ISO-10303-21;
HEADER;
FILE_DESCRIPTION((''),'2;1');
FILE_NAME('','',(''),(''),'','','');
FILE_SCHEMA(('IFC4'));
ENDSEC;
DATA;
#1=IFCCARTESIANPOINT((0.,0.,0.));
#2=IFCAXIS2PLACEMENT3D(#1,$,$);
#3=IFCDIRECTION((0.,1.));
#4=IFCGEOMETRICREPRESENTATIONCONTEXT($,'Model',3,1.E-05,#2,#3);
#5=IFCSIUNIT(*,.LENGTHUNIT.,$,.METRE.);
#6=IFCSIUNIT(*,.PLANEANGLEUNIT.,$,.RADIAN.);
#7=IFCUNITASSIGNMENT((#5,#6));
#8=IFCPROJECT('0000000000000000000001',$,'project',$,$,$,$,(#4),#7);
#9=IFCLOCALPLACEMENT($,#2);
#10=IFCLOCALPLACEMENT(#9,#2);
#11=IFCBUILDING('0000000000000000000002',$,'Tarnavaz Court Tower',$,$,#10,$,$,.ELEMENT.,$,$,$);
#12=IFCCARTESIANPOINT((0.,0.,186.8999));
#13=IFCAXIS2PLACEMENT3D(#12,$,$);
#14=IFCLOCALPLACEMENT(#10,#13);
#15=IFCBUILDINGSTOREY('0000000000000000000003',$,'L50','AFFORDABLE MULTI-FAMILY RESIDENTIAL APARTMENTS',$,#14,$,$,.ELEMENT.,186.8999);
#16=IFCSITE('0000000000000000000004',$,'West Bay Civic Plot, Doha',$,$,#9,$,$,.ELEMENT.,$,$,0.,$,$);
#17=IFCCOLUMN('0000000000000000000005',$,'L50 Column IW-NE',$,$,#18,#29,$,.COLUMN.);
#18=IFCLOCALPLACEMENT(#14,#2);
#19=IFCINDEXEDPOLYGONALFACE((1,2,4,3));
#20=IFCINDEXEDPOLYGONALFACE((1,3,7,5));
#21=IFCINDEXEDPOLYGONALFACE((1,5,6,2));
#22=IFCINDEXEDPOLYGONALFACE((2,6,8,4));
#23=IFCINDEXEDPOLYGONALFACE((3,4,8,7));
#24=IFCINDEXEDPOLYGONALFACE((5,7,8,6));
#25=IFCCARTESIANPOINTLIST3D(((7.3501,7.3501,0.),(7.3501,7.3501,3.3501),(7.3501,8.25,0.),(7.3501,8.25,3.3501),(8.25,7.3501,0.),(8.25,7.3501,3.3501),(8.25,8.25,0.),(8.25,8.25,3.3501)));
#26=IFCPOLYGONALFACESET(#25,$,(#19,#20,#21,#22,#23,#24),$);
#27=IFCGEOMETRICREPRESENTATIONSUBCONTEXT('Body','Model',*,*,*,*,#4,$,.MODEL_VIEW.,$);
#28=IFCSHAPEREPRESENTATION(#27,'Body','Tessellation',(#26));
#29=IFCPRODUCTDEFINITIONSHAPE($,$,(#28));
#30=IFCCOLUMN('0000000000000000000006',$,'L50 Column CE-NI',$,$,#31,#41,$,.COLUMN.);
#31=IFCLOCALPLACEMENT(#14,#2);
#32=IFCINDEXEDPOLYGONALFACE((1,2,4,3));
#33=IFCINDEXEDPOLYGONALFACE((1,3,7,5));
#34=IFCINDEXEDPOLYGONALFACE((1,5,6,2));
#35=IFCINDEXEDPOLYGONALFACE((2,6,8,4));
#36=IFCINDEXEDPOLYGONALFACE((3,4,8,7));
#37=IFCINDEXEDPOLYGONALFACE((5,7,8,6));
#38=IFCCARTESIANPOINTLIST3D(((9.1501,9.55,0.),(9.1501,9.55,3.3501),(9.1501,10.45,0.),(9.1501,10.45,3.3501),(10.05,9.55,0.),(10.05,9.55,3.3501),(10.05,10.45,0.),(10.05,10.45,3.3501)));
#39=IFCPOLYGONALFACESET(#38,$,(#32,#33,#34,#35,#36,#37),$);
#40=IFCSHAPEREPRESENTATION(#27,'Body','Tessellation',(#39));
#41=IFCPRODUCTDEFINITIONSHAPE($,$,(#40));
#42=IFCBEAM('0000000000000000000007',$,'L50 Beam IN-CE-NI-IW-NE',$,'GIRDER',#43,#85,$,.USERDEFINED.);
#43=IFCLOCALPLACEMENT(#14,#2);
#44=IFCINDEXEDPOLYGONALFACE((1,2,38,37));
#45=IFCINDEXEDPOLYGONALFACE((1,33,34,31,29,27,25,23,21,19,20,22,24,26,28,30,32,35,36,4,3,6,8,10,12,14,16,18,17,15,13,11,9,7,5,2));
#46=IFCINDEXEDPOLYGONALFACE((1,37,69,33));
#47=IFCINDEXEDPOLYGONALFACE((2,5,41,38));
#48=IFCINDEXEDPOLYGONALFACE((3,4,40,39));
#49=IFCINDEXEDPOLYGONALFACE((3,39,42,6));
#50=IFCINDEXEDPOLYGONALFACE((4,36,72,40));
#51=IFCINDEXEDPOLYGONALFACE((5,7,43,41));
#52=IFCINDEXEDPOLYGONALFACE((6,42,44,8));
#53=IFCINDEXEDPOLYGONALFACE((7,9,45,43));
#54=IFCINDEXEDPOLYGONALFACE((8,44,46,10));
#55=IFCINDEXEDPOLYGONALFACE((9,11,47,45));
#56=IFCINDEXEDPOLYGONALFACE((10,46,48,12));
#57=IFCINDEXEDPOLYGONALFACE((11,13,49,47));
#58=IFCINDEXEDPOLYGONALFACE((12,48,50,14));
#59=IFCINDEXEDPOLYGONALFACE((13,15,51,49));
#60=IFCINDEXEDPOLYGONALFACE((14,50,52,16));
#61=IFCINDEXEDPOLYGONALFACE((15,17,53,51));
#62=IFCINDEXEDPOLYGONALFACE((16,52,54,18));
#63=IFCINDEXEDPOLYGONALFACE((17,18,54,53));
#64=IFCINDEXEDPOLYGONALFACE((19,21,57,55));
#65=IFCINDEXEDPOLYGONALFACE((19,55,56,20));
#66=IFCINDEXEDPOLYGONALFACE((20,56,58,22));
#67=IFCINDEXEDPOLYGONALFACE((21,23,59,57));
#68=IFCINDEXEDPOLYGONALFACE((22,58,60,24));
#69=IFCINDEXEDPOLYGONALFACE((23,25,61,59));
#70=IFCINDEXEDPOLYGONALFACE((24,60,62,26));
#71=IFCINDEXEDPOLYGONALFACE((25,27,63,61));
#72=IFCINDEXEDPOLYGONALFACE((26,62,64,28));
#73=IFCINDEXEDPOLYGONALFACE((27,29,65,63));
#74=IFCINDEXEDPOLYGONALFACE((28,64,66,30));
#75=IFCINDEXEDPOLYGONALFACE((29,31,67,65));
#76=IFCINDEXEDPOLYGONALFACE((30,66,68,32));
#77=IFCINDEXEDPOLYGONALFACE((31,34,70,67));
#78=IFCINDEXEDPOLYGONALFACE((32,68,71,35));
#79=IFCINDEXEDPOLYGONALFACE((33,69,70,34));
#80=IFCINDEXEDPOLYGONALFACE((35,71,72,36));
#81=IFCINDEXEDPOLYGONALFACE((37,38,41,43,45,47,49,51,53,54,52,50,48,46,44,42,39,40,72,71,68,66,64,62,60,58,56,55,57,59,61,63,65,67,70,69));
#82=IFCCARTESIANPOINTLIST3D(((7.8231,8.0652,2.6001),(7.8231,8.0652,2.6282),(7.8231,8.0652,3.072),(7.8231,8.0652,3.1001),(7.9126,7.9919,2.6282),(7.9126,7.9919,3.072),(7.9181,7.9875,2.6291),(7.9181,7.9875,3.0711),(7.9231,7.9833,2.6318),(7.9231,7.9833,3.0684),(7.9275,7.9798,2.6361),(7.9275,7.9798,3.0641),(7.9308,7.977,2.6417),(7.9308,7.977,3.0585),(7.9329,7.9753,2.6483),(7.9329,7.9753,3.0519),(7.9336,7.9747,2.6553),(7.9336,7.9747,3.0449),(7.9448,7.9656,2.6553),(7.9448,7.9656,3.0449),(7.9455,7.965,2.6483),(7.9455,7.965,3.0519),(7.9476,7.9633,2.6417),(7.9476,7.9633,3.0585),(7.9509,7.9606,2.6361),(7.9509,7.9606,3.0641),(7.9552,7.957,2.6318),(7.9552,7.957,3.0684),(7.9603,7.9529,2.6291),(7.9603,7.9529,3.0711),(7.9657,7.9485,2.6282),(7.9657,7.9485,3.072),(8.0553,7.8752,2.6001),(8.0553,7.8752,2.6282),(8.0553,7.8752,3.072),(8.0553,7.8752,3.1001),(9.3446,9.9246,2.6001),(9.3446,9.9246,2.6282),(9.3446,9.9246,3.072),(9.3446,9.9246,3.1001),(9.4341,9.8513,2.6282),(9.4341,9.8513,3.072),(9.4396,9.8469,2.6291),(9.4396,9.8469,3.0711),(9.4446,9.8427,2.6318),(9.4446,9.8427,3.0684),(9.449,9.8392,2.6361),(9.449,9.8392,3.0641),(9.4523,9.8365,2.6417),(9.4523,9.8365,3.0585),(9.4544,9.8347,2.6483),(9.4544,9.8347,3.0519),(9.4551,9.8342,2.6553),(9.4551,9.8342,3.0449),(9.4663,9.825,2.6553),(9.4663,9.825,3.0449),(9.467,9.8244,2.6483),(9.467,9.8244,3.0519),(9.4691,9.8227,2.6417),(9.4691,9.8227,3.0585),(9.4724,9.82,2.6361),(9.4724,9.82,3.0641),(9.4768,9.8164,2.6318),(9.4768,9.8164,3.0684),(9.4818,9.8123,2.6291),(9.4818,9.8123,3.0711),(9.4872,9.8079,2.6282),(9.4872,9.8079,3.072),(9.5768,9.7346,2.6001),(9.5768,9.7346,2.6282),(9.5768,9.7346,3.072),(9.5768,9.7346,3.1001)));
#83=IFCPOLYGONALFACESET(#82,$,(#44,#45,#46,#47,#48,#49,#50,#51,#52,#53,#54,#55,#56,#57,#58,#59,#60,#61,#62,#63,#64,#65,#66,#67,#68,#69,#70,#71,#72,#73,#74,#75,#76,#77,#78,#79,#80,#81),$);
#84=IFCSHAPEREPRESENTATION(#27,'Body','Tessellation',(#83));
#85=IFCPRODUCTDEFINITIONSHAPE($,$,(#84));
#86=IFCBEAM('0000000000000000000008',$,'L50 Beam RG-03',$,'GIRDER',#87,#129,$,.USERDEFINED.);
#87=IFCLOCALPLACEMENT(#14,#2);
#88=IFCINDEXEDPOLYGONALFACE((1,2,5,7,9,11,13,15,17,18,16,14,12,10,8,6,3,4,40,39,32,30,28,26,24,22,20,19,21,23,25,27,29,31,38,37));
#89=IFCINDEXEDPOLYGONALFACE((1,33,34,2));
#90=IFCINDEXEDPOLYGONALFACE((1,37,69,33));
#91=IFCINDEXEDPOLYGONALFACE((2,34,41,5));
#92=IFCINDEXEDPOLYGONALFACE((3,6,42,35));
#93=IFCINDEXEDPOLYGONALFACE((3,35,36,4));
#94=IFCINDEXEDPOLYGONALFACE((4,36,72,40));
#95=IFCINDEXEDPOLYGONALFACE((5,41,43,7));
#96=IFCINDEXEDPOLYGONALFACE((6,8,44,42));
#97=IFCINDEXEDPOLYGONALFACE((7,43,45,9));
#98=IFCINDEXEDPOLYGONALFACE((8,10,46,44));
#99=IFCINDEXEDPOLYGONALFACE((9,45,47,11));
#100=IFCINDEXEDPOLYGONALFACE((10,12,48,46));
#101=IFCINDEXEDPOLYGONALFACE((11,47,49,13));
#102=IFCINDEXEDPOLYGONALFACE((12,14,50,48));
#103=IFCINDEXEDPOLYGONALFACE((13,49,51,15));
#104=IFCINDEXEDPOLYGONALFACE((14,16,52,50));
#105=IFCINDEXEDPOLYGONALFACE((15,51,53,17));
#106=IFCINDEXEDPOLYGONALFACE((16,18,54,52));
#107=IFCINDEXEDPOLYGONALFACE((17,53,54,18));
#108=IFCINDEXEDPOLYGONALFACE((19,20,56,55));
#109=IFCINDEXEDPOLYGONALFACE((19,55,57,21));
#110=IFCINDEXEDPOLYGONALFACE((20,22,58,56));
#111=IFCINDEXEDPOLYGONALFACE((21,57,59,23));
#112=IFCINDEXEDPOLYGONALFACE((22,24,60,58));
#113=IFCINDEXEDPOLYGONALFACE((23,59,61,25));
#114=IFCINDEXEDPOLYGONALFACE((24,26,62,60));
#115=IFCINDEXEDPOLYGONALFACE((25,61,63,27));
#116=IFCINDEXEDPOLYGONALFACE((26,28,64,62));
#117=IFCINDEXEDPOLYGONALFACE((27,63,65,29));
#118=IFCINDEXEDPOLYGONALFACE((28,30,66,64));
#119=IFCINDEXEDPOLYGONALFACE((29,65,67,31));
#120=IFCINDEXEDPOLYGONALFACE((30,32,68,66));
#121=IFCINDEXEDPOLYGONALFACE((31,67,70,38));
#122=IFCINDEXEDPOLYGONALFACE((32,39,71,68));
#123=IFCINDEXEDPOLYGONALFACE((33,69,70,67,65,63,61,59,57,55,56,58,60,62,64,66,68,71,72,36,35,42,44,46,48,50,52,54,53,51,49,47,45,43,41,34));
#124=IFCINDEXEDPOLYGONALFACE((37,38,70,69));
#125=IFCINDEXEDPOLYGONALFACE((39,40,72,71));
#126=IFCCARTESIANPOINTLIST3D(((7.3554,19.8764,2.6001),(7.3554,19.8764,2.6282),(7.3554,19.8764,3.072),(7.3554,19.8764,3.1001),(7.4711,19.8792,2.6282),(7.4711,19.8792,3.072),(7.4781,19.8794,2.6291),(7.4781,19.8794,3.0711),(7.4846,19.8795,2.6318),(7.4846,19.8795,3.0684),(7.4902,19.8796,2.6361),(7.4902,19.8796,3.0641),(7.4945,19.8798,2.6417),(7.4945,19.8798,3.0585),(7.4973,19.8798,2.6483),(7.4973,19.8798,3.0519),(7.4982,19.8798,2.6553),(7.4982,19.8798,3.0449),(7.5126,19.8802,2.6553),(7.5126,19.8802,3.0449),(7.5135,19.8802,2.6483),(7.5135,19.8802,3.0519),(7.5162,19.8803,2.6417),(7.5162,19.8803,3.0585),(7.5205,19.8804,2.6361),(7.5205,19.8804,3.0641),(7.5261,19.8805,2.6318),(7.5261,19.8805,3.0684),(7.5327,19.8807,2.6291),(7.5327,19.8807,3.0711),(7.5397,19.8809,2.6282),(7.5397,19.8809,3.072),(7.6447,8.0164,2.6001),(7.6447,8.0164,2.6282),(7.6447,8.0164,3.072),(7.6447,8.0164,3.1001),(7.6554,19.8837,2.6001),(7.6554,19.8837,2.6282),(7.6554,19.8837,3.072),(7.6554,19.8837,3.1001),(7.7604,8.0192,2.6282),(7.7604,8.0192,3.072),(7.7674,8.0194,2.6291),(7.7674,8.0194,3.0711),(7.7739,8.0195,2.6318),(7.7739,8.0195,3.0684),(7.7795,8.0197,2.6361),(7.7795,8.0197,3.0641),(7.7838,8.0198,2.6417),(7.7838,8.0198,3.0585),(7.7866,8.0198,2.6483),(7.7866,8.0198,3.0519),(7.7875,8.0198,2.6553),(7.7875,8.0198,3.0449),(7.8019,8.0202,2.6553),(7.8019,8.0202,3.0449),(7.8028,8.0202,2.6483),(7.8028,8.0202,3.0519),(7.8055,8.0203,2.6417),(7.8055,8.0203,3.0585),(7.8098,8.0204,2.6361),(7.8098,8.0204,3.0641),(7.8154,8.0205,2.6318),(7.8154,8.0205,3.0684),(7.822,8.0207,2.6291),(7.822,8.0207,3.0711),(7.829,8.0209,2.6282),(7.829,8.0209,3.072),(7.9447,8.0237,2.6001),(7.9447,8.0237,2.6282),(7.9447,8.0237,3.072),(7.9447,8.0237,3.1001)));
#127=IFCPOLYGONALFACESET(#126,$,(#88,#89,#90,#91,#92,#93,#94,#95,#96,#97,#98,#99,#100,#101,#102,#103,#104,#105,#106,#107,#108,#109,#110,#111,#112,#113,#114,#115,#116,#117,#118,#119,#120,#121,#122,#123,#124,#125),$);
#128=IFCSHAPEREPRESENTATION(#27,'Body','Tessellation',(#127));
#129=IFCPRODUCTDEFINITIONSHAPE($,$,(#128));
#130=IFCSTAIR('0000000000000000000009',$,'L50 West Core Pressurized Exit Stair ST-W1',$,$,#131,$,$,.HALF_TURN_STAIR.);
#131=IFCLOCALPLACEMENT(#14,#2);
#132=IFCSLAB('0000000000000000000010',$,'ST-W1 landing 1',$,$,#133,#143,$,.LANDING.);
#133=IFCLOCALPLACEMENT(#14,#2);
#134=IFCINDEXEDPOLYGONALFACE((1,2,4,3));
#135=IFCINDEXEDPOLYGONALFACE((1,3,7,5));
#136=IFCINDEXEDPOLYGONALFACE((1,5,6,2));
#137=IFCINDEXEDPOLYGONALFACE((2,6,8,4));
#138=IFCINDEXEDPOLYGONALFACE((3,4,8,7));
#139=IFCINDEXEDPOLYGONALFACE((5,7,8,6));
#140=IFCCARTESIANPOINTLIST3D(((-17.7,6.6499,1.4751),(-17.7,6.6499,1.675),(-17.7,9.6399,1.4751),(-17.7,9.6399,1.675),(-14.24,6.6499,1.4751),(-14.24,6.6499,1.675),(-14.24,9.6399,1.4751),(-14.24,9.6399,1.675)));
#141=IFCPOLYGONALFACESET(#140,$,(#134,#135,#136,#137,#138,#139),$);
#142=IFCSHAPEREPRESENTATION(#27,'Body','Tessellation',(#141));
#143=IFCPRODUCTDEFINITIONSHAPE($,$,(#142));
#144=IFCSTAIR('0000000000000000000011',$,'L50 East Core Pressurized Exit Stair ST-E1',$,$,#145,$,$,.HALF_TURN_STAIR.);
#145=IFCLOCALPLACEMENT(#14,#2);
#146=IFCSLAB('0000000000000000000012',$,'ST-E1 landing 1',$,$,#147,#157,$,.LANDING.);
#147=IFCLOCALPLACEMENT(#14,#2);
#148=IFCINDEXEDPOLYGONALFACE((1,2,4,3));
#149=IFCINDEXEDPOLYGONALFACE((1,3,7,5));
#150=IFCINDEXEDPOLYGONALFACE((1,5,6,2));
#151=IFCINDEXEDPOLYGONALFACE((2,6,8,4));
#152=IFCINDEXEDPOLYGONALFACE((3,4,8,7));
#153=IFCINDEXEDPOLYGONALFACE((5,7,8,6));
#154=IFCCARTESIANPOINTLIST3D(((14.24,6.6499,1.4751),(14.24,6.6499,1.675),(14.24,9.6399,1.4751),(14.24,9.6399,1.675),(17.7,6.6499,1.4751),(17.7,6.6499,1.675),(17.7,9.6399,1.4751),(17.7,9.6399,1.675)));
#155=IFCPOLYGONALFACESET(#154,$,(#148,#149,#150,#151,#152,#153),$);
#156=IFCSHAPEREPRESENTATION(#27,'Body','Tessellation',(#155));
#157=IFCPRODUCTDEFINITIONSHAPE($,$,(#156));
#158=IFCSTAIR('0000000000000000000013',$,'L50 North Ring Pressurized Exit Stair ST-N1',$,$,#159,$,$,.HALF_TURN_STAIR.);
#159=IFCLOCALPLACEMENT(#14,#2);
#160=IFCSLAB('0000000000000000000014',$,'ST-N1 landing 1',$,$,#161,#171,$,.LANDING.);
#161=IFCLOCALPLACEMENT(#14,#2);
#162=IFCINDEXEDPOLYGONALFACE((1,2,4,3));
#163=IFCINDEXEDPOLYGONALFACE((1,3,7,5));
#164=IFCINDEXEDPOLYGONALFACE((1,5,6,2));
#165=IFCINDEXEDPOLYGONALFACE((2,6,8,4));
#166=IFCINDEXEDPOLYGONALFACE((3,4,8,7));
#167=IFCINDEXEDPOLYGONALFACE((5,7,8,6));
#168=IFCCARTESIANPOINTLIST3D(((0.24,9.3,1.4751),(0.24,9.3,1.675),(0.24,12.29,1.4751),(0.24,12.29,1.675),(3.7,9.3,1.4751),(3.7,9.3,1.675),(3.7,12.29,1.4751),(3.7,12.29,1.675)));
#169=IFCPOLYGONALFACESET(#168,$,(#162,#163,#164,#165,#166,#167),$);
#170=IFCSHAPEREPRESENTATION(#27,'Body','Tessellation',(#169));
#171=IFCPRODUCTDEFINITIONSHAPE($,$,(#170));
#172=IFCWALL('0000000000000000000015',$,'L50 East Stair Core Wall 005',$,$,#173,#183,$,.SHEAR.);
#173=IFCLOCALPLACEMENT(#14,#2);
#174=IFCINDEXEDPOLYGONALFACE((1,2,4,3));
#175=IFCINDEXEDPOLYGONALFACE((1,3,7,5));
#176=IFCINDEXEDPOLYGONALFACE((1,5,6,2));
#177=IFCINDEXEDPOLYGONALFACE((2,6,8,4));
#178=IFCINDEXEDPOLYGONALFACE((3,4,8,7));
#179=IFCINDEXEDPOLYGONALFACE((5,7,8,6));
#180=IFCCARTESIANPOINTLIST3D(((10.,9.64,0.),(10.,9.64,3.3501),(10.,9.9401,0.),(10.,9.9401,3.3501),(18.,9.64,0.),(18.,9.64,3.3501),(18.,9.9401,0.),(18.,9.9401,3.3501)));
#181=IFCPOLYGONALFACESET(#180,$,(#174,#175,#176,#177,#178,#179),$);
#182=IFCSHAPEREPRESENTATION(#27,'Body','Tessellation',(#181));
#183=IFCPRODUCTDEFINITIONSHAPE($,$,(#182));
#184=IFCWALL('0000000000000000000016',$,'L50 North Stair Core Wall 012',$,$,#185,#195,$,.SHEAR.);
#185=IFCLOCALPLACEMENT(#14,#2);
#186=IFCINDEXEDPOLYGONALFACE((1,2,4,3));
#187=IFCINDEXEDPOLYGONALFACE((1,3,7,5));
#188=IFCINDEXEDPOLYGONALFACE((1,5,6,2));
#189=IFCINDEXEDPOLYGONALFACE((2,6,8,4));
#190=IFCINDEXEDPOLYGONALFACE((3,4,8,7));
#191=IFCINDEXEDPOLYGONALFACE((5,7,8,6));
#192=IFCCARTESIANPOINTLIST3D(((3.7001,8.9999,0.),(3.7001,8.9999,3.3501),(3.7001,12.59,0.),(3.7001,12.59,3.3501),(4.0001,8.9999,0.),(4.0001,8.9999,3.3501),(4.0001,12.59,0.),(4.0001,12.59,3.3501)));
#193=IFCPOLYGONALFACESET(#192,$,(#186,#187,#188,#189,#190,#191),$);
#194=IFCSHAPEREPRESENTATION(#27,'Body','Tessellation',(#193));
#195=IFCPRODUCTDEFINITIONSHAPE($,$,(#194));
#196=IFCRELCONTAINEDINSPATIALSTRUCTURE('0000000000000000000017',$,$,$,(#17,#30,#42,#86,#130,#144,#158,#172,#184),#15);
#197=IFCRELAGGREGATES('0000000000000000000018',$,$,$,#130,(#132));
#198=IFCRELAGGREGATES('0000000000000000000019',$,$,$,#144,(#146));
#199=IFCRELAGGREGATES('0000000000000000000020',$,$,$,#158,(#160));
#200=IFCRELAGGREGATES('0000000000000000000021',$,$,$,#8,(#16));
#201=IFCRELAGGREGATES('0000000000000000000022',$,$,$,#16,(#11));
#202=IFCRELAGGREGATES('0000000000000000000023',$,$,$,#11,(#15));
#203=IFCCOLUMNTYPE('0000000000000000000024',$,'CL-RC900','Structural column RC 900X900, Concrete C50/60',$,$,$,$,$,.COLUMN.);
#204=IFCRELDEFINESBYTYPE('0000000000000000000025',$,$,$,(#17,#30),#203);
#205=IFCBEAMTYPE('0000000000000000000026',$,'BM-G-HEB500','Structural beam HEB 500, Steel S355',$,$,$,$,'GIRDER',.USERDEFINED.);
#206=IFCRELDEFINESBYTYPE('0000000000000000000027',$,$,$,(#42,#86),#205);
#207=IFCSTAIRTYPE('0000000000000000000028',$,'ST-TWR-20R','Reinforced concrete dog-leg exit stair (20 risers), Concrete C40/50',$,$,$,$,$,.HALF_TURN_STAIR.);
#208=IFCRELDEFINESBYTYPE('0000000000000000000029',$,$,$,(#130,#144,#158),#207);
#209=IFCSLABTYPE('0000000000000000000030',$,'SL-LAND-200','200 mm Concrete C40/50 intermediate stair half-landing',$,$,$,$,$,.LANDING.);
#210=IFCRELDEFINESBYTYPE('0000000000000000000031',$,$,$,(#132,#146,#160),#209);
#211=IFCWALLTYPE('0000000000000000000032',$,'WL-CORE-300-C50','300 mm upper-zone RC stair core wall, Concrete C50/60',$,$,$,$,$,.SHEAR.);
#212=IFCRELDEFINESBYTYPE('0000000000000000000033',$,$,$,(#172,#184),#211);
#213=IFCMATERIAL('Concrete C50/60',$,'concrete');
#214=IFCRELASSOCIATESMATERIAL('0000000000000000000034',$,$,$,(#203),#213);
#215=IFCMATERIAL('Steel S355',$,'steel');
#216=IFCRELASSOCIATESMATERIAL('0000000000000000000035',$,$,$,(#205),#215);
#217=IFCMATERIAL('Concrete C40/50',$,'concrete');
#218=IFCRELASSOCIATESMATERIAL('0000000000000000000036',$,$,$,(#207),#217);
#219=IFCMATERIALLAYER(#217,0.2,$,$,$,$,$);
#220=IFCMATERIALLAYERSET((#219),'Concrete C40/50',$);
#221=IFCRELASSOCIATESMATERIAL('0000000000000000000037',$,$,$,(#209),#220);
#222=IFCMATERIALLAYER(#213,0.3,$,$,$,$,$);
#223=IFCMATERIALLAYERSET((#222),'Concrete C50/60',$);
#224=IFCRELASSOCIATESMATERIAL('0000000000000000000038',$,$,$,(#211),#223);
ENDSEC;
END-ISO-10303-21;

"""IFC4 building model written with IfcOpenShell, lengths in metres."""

from ifc_helpers import new_model, si_unit, direction, frame, frame_2d, origin, origin_2d, place, context, subcontext, project, spatial, polyline, rectangle, i_section, outline, extrude, material, layer, layer_set, material_profile, profile_set, type_object, element, aggregate, save


model = new_model("IFC4")

# Units and contexts
model_context = context("Model", 3, precision=1e-05, world=origin(), true_north=direction((0.0, 1.0)))
body_context = subcontext(model_context, "Body", "Model", "MODEL_VIEW")
ifc_project = project(units=[si_unit("LENGTHUNIT", "METRE"), si_unit("PLANEANGLEUNIT", "RADIAN")], contexts=[model_context])

# Site, building, storey
site_placement = place(None, origin())
site = spatial("IfcSite", under=ifc_project, at=site_placement, Name="West Bay Civic Plot, Doha", CompositionType="ELEMENT", RefElevation=0.0)
building_placement = place(site_placement, origin())
building = spatial("IfcBuilding", under=site, at=building_placement, Name="Tarnavaz Court Tower", CompositionType="ELEMENT")
storey_placement = place(building_placement, frame((0.0, 0.0, 186.8999)))
storey = spatial("IfcBuildingStorey", under=building, at=storey_placement, Name="L50", Description="AFFORDABLE MULTI-FAMILY RESIDENTIAL APARTMENTS", CompositionType="ELEMENT", Elevation=186.8999)

# Columns
ifc_material_1 = material(Name="Concrete C50/60", Category="concrete")
ifc_material_profile_1 = material_profile(ifc_material_1, rectangle(XDim=0.8999, YDim=0.8999, at=origin_2d()), Name="RC 900X900")
ifc_profile_set_1 = profile_set([ifc_material_profile_1], Name="Concrete C50/60")
column_type = type_object("IfcColumnType", Name="CL-RC900", Description="Structural column RC 900X900, Concrete C50/60", PredefinedType="COLUMN", material=ifc_profile_set_1)
for number, where, z_axis, x_axis, name in (
    (1, (7.8, 7.8, 0.0), (0.0, 0.0, 1.0), (1.0, 0.0, 0.0), "L50 Column IW-NE"),
    (2, (9.6001, 10.0, 0.0), (0.0, 0.0, 1.0), (1.0, 0.0, 0.0), "L50 Column CE-NI"),
):
    element("IfcColumn", number, at=place(storey_placement, frame(where, z_axis=z_axis, x_axis=x_axis)), inside=storey, type_object=column_type, Name=name, PredefinedType="COLUMN", context=body_context, shape_type="SweptSolid", body=[
        extrude(rectangle(XDim=0.8999, YDim=0.8999, at=origin_2d()), origin(), (0.0, 0.0, 1.0), 3.3501),
    ])

# Beams
ifc_material_2 = material(Name="Steel S355", Category="steel")
ifc_material_profile_2 = material_profile(ifc_material_2, i_section(OverallWidth=0.3, OverallDepth=0.5, WebThickness=0.0144, FlangeThickness=0.0281, FilletRadius=0.0271, at=origin_2d()), Name="HEB 500")
ifc_profile_set_2 = profile_set([ifc_material_profile_2], Name="Steel S355")
beam_type = type_object("IfcBeamType", Name="BM-G-HEB500", Description="Structural beam HEB 500, Steel S355", ElementType="GIRDER", PredefinedType="USERDEFINED", material=ifc_profile_set_2)
beam_1_placement = place(storey_placement, frame((9.4607, 9.8296, 2.8501), z_axis=(-0.633282, -0.773921, 0.0), x_axis=(0.773921, -0.633282, 0.0)))
element("IfcBeam", 3, at=beam_1_placement, inside=storey, type_object=beam_type, Name="L50 Beam IN-CE-NI-IW-NE", ObjectType="GIRDER", PredefinedType="USERDEFINED", context=body_context, shape_type="SweptSolid", body=[
    extrude(i_section(OverallWidth=0.3, OverallDepth=0.5, WebThickness=0.0144, FlangeThickness=0.0281, FilletRadius=0.0271, at=origin_2d()), origin(), (0.0, 0.0, 1.0), 2.4026),
])
beam_2_placement = place(storey_placement, frame((7.7947, 8.02, 2.8501), z_axis=(-0.024386, 0.999703, 0.0), x_axis=(-0.999703, -0.024386, 0.0)))
element("IfcBeam", 4, at=beam_2_placement, inside=storey, type_object=beam_type, Name="L50 Beam RG-03", ObjectType="GIRDER", PredefinedType="USERDEFINED", context=body_context, shape_type="SweptSolid", body=[
    extrude(i_section(OverallWidth=0.3, OverallDepth=0.5, WebThickness=0.0144, FlangeThickness=0.0281, FilletRadius=0.0271, at=origin_2d()), origin(), (0.0, 0.0, 1.0), 11.8635),
])

# Stairs, slabs
ifc_material_3 = material(Name="Concrete C40/50", Category="concrete")
stair_type = type_object("IfcStairType", Name="ST-TWR-20R", Description="Reinforced concrete dog-leg exit stair (20 risers), Concrete C40/50", PredefinedType="HALF_TURN_STAIR", material=ifc_material_3)
stair_1_placement = place(storey_placement, origin())
stair_1 = element("IfcStair", 5, at=stair_1_placement, inside=storey, type_object=stair_type, Name="L50 West Core Pressurized Exit Stair ST-W1", PredefinedType="HALF_TURN_STAIR")
ifc_layer_1 = layer(ifc_material_3, 0.2)
ifc_layer_set_1 = layer_set([ifc_layer_1], Name="Concrete C40/50")
slab_type = type_object("IfcSlabType", Name="SL-LAND-200", Description="200 mm Concrete C40/50 intermediate stair half-landing", PredefinedType="LANDING", material=ifc_layer_set_1)
slab_1_placement = place(storey_placement, frame((0.0, 0.0, 1.4751)))
slab_1 = element("IfcSlab", 6, at=slab_1_placement, type_object=slab_type, Name="ST-W1 landing 1", PredefinedType="LANDING", context=body_context, shape_type="SweptSolid", body=[
    extrude(outline(polyline([(-14.24, 9.6399), (-17.7, 9.6399), (-17.7, 6.6499), (-14.24, 6.6499), (-14.24, 9.6399)])), origin(), (0.0, 0.0, 1.0), 0.2),
])
aggregate(stair_1, [slab_1])
stair_2_placement = place(storey_placement, origin())
stair_2 = element("IfcStair", 7, at=stair_2_placement, inside=storey, type_object=stair_type, Name="L50 East Core Pressurized Exit Stair ST-E1", PredefinedType="HALF_TURN_STAIR")
slab_2_placement = place(storey_placement, frame((0.0, 0.0, 1.4751)))
slab_2 = element("IfcSlab", 8, at=slab_2_placement, type_object=slab_type, Name="ST-E1 landing 1", PredefinedType="LANDING", context=body_context, shape_type="SweptSolid", body=[
    extrude(outline(polyline([(14.24, 6.6499), (17.7, 6.6499), (17.7, 9.6399), (14.24, 9.6399), (14.24, 6.6499)])), origin(), (0.0, 0.0, 1.0), 0.2),
])
aggregate(stair_2, [slab_2])
stair_3_placement = place(storey_placement, origin())
stair_3 = element("IfcStair", 9, at=stair_3_placement, inside=storey, type_object=stair_type, Name="L50 North Ring Pressurized Exit Stair ST-N1", PredefinedType="HALF_TURN_STAIR")
slab_3_placement = place(storey_placement, frame((0.0, 0.0, 1.4751)))
slab_3 = element("IfcSlab", 10, at=slab_3_placement, type_object=slab_type, Name="ST-N1 landing 1", PredefinedType="LANDING", context=body_context, shape_type="SweptSolid", body=[
    extrude(outline(polyline([(0.24, 9.3), (3.7, 9.3), (3.7, 12.29), (0.24, 12.29), (0.24, 9.3)])), origin(), (0.0, 0.0, 1.0), 0.2),
])

# Wall
ifc_layer_2 = layer(ifc_material_1, 0.3)
ifc_layer_set_2 = layer_set([ifc_layer_2], Name="Concrete C50/60")
wall_type_1 = type_object("IfcWallType", Name="WL-CORE-300-C50", Description="300 mm upper-zone RC stair core wall, Concrete C50/60", PredefinedType="SHEAR", material=ifc_layer_set_2)
wall_1_placement = place(storey_placement, frame((10.0, 9.79, 0.0), z_axis=(0.0, 0.0, 1.0), x_axis=(1.0, 0.0, 0.0)))
element("IfcWall", 11, at=wall_1_placement, inside=storey, type_object=wall_type_1, Name="L50 East Stair Core Wall 005", PredefinedType="SHEAR", context=body_context, shape_type="SweptSolid", body=[
    extrude(rectangle(XDim=8.0, YDim=0.3, at=frame_2d((4.0, 0.0))), origin(), (0.0, 0.0, 1.0), 3.3501),
])

# Wall
wall_2_placement = place(storey_placement, frame((3.8501, 9.0, 0.0), z_axis=(0.0, 0.0, 1.0), x_axis=(0.0, 1.0, 0.0)))
element("IfcWall", 12, at=wall_2_placement, inside=storey, type_object=wall_type_1, Name="L50 North Stair Core Wall 012", PredefinedType="SHEAR", context=body_context, shape_type="SweptSolid", body=[
    extrude(rectangle(XDim=3.5901, YDim=0.3, at=frame_2d((1.7949, 0.0))), origin(), (0.0, 0.0, 1.0), 3.3501),
])

aggregate(stair_3, [slab_3])

save(model, "model.ifc")
